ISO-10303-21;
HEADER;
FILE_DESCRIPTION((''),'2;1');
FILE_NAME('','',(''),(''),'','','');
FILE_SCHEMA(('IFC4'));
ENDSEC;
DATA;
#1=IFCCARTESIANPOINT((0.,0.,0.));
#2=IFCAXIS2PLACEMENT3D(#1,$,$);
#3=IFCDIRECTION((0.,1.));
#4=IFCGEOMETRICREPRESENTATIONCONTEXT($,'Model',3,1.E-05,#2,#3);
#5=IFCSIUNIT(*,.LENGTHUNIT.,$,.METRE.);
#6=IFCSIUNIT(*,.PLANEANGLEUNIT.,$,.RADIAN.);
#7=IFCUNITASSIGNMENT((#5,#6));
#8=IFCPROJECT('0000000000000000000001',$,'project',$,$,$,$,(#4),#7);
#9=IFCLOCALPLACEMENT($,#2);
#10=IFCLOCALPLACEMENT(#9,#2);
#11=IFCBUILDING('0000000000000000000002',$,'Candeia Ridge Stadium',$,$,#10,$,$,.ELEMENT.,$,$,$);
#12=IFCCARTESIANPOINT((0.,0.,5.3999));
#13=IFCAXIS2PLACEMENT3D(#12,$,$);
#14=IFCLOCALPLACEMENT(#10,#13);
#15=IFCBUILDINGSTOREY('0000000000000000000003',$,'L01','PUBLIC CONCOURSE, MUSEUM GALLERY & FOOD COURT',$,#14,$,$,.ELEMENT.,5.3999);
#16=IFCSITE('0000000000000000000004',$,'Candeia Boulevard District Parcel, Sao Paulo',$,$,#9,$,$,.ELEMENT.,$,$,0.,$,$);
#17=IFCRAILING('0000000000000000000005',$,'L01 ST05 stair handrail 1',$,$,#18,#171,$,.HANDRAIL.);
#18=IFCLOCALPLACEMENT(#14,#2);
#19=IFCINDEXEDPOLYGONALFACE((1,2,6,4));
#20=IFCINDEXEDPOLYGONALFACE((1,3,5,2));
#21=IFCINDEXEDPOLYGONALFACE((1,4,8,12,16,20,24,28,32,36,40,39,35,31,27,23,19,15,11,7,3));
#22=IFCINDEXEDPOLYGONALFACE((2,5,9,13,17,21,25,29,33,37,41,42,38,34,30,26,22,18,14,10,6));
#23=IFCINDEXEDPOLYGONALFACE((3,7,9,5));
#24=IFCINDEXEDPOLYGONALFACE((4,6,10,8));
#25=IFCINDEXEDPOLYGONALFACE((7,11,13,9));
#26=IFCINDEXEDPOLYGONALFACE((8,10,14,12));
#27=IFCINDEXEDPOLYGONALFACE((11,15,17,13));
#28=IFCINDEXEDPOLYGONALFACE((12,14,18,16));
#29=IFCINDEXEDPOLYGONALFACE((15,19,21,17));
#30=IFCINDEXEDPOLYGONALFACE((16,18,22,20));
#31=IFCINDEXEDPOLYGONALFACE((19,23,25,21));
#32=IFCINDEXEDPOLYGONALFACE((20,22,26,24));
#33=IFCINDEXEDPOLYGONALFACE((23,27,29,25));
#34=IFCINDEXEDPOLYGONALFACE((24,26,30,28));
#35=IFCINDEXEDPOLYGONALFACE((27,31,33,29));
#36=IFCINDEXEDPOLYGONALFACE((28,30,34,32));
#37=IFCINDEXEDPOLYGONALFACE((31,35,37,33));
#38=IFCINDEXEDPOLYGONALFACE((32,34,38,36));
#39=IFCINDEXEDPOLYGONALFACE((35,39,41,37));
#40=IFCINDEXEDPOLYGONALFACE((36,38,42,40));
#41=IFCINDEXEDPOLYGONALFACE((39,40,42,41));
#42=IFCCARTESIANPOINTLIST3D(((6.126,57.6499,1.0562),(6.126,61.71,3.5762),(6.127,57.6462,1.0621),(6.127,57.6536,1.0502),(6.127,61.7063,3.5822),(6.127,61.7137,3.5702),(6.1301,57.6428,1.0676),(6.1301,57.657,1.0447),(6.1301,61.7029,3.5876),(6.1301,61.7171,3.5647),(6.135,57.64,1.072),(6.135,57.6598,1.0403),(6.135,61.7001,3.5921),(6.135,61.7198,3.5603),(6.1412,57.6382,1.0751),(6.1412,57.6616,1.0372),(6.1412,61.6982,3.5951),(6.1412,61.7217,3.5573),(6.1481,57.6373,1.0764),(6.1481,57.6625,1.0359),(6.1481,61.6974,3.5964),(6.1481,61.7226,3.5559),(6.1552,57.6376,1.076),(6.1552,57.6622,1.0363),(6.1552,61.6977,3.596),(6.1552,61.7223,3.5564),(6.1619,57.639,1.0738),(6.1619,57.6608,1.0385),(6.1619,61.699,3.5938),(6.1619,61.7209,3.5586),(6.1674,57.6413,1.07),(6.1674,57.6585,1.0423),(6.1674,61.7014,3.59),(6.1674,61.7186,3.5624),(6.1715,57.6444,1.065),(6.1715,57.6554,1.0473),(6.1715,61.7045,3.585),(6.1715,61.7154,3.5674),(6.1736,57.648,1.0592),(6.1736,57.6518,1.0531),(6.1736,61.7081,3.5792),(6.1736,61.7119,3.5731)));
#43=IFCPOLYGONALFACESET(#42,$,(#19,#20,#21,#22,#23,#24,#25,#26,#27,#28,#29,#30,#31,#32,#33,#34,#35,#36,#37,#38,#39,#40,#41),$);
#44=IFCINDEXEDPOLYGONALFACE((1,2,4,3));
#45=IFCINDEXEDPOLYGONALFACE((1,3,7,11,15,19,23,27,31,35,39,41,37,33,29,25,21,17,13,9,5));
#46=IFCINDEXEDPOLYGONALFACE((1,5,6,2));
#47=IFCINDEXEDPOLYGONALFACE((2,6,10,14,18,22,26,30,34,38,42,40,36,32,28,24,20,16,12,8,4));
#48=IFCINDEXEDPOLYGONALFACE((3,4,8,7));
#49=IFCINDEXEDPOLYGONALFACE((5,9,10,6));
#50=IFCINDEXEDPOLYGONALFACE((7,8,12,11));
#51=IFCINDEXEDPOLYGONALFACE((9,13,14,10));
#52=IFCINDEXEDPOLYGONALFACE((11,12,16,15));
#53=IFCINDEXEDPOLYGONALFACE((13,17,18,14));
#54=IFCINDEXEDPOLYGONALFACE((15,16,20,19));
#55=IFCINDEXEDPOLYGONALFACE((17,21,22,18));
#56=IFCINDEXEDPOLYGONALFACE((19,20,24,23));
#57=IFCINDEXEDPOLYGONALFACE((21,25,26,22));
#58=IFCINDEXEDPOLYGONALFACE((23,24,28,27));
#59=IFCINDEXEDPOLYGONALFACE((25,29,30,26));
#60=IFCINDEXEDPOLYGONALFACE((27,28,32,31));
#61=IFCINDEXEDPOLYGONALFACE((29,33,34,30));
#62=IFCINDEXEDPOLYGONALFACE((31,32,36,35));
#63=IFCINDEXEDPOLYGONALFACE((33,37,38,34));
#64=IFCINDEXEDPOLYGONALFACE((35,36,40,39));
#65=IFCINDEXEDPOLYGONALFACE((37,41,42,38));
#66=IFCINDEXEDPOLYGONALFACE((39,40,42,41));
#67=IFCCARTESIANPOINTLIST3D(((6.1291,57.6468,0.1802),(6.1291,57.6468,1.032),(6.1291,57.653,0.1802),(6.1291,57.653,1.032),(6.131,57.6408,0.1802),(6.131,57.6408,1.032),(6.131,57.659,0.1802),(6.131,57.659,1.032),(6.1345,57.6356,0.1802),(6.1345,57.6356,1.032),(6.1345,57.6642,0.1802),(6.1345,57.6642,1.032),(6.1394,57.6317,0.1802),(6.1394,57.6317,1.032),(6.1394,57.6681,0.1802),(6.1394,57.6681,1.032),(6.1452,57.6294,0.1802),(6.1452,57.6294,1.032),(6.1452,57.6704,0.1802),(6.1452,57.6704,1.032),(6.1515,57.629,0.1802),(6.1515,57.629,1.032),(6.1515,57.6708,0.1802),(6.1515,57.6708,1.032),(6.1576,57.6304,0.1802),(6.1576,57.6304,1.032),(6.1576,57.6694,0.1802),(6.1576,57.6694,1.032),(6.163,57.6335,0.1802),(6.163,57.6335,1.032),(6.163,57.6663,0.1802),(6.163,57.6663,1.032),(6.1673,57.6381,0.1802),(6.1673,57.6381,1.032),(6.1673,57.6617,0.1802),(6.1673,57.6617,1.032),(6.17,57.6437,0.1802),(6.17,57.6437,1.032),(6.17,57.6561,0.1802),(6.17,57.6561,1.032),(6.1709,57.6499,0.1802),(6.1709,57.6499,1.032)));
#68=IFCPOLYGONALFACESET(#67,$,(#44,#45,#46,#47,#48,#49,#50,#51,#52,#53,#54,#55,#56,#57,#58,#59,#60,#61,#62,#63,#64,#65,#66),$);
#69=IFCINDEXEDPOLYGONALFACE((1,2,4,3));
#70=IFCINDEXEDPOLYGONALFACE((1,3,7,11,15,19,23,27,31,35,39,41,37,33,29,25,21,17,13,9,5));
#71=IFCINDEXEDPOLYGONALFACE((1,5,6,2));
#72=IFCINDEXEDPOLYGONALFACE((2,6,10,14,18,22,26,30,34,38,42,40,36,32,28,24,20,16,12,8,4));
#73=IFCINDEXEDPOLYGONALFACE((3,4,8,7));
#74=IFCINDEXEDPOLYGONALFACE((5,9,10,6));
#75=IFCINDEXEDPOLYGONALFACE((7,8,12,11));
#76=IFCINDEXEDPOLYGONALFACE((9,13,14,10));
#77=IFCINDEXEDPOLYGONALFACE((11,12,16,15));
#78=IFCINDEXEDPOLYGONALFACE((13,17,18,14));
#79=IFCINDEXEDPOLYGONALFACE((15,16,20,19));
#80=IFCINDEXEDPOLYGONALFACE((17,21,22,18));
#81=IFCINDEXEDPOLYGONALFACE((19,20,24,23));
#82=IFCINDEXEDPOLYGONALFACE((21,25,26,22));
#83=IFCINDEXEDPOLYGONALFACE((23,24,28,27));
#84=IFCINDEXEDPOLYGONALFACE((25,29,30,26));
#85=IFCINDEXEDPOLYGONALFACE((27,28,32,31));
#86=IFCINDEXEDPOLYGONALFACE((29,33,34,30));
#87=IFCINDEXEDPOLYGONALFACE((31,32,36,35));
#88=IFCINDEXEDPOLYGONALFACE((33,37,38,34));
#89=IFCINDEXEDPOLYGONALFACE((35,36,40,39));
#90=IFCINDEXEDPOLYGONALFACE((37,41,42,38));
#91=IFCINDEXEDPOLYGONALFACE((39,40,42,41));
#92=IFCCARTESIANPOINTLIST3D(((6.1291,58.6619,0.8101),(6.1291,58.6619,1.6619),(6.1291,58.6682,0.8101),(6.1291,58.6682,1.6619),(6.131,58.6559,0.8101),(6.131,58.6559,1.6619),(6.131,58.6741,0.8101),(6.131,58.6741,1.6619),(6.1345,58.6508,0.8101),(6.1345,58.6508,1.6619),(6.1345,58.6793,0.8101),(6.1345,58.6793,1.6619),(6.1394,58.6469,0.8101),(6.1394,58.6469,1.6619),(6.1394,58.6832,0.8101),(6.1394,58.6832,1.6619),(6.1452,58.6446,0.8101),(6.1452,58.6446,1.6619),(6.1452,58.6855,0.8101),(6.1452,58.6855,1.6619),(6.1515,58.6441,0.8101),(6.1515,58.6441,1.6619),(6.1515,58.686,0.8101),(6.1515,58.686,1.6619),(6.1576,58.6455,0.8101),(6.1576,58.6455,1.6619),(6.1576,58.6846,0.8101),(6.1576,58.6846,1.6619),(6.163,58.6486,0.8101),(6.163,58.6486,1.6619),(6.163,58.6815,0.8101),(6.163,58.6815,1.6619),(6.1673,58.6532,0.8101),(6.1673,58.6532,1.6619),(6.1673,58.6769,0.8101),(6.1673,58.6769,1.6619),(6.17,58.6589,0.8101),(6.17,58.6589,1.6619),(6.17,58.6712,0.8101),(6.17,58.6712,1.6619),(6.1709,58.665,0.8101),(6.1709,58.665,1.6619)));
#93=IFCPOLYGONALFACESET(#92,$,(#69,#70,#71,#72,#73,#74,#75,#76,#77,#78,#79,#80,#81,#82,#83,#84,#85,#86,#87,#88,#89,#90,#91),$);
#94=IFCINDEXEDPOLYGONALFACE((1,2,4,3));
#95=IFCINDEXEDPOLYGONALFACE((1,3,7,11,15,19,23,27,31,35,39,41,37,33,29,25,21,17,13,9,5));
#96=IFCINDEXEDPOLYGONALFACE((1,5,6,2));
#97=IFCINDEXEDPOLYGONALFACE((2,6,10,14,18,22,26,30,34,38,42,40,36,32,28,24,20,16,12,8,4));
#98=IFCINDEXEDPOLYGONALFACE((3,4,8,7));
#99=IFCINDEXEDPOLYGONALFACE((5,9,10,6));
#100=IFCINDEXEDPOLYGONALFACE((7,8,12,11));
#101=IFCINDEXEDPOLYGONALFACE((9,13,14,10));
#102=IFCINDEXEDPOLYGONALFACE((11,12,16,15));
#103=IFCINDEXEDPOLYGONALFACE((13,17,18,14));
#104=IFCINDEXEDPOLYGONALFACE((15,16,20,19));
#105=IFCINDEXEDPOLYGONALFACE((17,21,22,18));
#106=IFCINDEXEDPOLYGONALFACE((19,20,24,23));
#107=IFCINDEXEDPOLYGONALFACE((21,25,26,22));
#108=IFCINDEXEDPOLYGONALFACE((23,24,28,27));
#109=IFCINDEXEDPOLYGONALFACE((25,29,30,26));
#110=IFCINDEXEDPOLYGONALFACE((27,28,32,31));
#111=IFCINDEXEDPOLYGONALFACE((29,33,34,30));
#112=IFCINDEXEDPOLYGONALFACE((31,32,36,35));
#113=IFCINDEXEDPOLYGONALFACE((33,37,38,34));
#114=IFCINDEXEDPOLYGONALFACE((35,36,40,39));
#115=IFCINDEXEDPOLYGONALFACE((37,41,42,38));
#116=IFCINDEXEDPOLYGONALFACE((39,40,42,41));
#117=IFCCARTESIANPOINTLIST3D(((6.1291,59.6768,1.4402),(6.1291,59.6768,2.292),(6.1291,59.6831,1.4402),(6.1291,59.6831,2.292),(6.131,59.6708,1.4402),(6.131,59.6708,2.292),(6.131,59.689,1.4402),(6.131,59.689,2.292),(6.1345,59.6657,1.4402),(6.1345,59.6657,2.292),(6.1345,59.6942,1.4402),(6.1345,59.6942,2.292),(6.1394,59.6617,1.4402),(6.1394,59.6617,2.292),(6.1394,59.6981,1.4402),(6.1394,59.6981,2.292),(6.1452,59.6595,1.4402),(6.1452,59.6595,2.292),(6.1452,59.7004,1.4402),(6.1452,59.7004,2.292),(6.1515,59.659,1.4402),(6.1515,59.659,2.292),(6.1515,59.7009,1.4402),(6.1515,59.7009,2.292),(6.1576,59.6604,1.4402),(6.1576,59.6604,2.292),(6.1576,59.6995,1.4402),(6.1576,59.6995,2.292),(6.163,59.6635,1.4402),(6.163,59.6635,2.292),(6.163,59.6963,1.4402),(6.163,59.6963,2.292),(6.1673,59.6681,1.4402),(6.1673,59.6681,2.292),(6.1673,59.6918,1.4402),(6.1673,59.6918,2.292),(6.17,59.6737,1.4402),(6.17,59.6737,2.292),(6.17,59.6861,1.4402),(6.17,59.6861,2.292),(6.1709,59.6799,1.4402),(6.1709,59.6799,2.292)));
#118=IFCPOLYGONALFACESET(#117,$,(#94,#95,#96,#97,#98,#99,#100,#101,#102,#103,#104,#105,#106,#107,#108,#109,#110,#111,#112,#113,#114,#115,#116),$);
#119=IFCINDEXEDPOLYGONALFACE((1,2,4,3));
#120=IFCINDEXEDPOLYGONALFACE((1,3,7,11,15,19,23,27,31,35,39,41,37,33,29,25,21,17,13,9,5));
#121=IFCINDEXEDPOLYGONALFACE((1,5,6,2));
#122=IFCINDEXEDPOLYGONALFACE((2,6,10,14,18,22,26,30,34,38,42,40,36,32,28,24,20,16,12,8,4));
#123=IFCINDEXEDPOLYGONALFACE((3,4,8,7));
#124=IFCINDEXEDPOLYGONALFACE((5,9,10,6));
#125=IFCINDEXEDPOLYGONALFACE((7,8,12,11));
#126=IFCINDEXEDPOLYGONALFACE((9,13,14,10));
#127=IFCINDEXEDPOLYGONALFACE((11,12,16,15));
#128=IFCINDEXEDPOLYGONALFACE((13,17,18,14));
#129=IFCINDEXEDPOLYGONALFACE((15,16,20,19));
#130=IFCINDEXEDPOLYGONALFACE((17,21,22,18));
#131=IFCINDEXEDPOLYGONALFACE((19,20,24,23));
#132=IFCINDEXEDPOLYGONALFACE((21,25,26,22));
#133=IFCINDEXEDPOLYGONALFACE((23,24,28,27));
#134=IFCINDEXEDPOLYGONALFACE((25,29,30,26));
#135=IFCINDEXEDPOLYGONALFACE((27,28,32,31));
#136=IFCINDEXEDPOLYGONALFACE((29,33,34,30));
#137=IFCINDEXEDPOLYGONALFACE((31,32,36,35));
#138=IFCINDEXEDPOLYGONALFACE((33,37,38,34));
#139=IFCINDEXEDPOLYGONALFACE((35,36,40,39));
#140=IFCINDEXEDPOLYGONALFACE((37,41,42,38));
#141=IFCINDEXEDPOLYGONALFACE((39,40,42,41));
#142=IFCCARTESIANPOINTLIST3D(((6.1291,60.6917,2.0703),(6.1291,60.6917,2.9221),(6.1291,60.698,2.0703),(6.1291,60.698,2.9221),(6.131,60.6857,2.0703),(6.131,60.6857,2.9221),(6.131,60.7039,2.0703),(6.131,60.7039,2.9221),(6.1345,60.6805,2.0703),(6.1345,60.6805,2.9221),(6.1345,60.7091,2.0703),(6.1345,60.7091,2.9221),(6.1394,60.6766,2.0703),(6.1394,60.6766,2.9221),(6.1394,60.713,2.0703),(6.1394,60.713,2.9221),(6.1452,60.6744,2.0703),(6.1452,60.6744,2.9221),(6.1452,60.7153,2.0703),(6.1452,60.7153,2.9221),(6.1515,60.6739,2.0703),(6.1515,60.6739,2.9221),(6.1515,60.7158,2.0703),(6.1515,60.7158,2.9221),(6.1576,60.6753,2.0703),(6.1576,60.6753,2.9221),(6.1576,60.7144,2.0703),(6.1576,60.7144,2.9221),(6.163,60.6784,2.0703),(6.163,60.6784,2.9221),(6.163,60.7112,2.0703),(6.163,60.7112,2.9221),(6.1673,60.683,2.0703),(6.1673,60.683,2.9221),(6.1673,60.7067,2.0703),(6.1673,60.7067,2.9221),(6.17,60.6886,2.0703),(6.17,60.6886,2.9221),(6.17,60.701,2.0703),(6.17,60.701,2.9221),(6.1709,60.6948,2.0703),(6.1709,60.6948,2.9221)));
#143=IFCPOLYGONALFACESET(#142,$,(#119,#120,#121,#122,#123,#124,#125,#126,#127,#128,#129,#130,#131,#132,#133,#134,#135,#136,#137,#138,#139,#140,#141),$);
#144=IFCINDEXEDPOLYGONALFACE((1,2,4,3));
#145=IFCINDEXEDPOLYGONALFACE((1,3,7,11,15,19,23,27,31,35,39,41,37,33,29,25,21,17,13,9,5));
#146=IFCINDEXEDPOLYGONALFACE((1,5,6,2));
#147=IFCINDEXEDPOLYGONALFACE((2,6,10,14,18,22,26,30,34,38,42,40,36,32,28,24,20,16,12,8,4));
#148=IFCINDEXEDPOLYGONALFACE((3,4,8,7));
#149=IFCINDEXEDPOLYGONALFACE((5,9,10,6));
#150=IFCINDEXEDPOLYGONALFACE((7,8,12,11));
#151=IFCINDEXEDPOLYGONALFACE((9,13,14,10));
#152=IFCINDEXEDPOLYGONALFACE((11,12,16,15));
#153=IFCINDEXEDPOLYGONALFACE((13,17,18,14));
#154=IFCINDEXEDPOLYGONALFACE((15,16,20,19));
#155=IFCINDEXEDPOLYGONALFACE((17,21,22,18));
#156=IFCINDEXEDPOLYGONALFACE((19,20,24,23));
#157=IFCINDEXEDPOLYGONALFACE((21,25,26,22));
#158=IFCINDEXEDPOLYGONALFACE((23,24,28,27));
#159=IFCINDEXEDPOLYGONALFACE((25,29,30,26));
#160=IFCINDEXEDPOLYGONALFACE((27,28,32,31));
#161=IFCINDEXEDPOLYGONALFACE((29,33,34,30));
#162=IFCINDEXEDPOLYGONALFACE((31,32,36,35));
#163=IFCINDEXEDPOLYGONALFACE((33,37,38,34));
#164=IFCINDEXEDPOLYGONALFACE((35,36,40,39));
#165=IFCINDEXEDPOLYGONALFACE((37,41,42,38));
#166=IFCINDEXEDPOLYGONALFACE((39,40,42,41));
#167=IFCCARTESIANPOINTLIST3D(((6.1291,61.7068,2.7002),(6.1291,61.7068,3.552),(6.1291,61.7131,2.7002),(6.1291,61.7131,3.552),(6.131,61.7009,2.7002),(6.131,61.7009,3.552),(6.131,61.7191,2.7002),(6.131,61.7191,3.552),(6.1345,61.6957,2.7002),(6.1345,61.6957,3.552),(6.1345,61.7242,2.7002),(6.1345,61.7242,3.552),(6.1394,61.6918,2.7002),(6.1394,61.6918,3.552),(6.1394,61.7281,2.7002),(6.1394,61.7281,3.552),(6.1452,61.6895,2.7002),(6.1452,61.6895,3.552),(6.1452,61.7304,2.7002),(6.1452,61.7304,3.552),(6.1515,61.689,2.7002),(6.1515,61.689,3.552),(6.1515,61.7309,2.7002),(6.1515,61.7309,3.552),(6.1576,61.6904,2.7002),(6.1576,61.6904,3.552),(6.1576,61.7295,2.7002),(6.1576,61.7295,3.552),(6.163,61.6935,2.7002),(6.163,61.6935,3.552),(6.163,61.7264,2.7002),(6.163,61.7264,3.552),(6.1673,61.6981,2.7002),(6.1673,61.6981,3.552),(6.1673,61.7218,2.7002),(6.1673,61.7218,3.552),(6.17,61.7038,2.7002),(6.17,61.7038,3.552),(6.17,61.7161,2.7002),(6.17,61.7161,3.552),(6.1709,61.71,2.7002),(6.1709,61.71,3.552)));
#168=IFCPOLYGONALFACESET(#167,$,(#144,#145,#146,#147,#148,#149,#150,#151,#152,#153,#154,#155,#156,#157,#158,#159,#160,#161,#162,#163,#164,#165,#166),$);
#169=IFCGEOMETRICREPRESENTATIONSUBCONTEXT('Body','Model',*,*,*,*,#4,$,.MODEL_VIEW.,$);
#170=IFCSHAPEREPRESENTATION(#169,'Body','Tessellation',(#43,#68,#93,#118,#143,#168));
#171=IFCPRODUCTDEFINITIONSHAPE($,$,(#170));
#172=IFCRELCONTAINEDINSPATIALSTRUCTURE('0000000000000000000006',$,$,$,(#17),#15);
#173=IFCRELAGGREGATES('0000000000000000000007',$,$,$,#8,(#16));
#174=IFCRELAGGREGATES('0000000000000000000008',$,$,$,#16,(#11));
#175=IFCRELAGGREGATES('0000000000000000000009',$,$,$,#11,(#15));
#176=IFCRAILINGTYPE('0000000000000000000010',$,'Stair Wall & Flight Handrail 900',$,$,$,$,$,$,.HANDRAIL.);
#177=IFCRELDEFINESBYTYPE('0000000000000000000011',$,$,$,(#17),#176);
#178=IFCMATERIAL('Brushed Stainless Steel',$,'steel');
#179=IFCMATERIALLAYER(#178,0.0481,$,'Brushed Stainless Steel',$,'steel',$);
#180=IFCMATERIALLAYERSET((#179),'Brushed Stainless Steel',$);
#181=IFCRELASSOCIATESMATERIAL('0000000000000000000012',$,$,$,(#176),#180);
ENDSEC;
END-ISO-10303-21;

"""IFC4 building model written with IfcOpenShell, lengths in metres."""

from ifc_helpers import new_model, si_unit, direction, frame, origin, origin_2d, place, context, subcontext, project, spatial, circle, extrude, material, layer, layer_set, type_object, element, save


model = new_model("IFC4")

# Units and contexts
model_context = context("Model", 3, precision=1e-05, world=origin(), true_north=direction((0.0, 1.0)))
body_context = subcontext(model_context, "Body", "Model", "MODEL_VIEW")
ifc_project = project(units=[si_unit("LENGTHUNIT", "METRE"), si_unit("PLANEANGLEUNIT", "RADIAN")], contexts=[model_context])

# Site, building, storey
site_placement = place(None, origin())
site = spatial("IfcSite", under=ifc_project, at=site_placement, Name="Candeia Boulevard District Parcel, Sao Paulo", CompositionType="ELEMENT", RefElevation=0.0)
building_placement = place(site_placement, origin())
building = spatial("IfcBuilding", under=site, at=building_placement, Name="Candeia Ridge Stadium", CompositionType="ELEMENT")
storey_placement = place(building_placement, frame((0.0, 0.0, 5.3999)))
storey = spatial("IfcBuildingStorey", under=building, at=storey_placement, Name="L01", Description="PUBLIC CONCOURSE, MUSEUM GALLERY & FOOD COURT", CompositionType="ELEMENT", Elevation=5.3999)

# Railing
ifc_material_1 = material(Name="Brushed Stainless Steel", Category="steel")
ifc_layer_1 = layer(ifc_material_1, 0.0481, Name="Brushed Stainless Steel", Category="steel")
ifc_layer_set_1 = layer_set([ifc_layer_1], Name="Brushed Stainless Steel")
railing_type_1 = type_object("IfcRailingType", Name="Stair Wall & Flight Handrail 900", PredefinedType="HANDRAIL", material=ifc_layer_set_1)
railing_1_placement = place(storey_placement, frame((6.1499, 57.6499, 0.1802)))
element("IfcRailing", 1, at=railing_1_placement, inside=storey, type_object=railing_type_1, Name="L01 ST05 stair handrail 1", PredefinedType="HANDRAIL", context=body_context, shape_type="SweptSolid", body=[
    extrude(circle(Radius=0.0239, at=origin_2d()), frame((0.0, 0.0, 0.876), z_axis=(0.0, 0.849642, 0.52736), x_axis=(-1.0, 0.0, 0.0)), (0.0, 0.0, 1.0), 4.7786),
    extrude(circle(Radius=0.021, at=origin_2d()), origin(), (0.0, 0.0, 1.0), 0.8518),
    extrude(circle(Radius=0.021, at=origin_2d()), frame((0.0, 1.0151, 0.6299)), (0.0, 0.0, 1.0), 0.8518),
    extrude(circle(Radius=0.021, at=origin_2d()), frame((0.0, 2.03, 1.26)), (0.0, 0.0, 1.0), 0.8518),
    extrude(circle(Radius=0.021, at=origin_2d()), frame((0.0, 3.0449, 1.8901)), (0.0, 0.0, 1.0), 0.8518),
    extrude(circle(Radius=0.021, at=origin_2d()), frame((0.0, 4.0601, 2.52)), (0.0, 0.0, 1.0), 0.8518),
])

save(model, "model.ifc")
